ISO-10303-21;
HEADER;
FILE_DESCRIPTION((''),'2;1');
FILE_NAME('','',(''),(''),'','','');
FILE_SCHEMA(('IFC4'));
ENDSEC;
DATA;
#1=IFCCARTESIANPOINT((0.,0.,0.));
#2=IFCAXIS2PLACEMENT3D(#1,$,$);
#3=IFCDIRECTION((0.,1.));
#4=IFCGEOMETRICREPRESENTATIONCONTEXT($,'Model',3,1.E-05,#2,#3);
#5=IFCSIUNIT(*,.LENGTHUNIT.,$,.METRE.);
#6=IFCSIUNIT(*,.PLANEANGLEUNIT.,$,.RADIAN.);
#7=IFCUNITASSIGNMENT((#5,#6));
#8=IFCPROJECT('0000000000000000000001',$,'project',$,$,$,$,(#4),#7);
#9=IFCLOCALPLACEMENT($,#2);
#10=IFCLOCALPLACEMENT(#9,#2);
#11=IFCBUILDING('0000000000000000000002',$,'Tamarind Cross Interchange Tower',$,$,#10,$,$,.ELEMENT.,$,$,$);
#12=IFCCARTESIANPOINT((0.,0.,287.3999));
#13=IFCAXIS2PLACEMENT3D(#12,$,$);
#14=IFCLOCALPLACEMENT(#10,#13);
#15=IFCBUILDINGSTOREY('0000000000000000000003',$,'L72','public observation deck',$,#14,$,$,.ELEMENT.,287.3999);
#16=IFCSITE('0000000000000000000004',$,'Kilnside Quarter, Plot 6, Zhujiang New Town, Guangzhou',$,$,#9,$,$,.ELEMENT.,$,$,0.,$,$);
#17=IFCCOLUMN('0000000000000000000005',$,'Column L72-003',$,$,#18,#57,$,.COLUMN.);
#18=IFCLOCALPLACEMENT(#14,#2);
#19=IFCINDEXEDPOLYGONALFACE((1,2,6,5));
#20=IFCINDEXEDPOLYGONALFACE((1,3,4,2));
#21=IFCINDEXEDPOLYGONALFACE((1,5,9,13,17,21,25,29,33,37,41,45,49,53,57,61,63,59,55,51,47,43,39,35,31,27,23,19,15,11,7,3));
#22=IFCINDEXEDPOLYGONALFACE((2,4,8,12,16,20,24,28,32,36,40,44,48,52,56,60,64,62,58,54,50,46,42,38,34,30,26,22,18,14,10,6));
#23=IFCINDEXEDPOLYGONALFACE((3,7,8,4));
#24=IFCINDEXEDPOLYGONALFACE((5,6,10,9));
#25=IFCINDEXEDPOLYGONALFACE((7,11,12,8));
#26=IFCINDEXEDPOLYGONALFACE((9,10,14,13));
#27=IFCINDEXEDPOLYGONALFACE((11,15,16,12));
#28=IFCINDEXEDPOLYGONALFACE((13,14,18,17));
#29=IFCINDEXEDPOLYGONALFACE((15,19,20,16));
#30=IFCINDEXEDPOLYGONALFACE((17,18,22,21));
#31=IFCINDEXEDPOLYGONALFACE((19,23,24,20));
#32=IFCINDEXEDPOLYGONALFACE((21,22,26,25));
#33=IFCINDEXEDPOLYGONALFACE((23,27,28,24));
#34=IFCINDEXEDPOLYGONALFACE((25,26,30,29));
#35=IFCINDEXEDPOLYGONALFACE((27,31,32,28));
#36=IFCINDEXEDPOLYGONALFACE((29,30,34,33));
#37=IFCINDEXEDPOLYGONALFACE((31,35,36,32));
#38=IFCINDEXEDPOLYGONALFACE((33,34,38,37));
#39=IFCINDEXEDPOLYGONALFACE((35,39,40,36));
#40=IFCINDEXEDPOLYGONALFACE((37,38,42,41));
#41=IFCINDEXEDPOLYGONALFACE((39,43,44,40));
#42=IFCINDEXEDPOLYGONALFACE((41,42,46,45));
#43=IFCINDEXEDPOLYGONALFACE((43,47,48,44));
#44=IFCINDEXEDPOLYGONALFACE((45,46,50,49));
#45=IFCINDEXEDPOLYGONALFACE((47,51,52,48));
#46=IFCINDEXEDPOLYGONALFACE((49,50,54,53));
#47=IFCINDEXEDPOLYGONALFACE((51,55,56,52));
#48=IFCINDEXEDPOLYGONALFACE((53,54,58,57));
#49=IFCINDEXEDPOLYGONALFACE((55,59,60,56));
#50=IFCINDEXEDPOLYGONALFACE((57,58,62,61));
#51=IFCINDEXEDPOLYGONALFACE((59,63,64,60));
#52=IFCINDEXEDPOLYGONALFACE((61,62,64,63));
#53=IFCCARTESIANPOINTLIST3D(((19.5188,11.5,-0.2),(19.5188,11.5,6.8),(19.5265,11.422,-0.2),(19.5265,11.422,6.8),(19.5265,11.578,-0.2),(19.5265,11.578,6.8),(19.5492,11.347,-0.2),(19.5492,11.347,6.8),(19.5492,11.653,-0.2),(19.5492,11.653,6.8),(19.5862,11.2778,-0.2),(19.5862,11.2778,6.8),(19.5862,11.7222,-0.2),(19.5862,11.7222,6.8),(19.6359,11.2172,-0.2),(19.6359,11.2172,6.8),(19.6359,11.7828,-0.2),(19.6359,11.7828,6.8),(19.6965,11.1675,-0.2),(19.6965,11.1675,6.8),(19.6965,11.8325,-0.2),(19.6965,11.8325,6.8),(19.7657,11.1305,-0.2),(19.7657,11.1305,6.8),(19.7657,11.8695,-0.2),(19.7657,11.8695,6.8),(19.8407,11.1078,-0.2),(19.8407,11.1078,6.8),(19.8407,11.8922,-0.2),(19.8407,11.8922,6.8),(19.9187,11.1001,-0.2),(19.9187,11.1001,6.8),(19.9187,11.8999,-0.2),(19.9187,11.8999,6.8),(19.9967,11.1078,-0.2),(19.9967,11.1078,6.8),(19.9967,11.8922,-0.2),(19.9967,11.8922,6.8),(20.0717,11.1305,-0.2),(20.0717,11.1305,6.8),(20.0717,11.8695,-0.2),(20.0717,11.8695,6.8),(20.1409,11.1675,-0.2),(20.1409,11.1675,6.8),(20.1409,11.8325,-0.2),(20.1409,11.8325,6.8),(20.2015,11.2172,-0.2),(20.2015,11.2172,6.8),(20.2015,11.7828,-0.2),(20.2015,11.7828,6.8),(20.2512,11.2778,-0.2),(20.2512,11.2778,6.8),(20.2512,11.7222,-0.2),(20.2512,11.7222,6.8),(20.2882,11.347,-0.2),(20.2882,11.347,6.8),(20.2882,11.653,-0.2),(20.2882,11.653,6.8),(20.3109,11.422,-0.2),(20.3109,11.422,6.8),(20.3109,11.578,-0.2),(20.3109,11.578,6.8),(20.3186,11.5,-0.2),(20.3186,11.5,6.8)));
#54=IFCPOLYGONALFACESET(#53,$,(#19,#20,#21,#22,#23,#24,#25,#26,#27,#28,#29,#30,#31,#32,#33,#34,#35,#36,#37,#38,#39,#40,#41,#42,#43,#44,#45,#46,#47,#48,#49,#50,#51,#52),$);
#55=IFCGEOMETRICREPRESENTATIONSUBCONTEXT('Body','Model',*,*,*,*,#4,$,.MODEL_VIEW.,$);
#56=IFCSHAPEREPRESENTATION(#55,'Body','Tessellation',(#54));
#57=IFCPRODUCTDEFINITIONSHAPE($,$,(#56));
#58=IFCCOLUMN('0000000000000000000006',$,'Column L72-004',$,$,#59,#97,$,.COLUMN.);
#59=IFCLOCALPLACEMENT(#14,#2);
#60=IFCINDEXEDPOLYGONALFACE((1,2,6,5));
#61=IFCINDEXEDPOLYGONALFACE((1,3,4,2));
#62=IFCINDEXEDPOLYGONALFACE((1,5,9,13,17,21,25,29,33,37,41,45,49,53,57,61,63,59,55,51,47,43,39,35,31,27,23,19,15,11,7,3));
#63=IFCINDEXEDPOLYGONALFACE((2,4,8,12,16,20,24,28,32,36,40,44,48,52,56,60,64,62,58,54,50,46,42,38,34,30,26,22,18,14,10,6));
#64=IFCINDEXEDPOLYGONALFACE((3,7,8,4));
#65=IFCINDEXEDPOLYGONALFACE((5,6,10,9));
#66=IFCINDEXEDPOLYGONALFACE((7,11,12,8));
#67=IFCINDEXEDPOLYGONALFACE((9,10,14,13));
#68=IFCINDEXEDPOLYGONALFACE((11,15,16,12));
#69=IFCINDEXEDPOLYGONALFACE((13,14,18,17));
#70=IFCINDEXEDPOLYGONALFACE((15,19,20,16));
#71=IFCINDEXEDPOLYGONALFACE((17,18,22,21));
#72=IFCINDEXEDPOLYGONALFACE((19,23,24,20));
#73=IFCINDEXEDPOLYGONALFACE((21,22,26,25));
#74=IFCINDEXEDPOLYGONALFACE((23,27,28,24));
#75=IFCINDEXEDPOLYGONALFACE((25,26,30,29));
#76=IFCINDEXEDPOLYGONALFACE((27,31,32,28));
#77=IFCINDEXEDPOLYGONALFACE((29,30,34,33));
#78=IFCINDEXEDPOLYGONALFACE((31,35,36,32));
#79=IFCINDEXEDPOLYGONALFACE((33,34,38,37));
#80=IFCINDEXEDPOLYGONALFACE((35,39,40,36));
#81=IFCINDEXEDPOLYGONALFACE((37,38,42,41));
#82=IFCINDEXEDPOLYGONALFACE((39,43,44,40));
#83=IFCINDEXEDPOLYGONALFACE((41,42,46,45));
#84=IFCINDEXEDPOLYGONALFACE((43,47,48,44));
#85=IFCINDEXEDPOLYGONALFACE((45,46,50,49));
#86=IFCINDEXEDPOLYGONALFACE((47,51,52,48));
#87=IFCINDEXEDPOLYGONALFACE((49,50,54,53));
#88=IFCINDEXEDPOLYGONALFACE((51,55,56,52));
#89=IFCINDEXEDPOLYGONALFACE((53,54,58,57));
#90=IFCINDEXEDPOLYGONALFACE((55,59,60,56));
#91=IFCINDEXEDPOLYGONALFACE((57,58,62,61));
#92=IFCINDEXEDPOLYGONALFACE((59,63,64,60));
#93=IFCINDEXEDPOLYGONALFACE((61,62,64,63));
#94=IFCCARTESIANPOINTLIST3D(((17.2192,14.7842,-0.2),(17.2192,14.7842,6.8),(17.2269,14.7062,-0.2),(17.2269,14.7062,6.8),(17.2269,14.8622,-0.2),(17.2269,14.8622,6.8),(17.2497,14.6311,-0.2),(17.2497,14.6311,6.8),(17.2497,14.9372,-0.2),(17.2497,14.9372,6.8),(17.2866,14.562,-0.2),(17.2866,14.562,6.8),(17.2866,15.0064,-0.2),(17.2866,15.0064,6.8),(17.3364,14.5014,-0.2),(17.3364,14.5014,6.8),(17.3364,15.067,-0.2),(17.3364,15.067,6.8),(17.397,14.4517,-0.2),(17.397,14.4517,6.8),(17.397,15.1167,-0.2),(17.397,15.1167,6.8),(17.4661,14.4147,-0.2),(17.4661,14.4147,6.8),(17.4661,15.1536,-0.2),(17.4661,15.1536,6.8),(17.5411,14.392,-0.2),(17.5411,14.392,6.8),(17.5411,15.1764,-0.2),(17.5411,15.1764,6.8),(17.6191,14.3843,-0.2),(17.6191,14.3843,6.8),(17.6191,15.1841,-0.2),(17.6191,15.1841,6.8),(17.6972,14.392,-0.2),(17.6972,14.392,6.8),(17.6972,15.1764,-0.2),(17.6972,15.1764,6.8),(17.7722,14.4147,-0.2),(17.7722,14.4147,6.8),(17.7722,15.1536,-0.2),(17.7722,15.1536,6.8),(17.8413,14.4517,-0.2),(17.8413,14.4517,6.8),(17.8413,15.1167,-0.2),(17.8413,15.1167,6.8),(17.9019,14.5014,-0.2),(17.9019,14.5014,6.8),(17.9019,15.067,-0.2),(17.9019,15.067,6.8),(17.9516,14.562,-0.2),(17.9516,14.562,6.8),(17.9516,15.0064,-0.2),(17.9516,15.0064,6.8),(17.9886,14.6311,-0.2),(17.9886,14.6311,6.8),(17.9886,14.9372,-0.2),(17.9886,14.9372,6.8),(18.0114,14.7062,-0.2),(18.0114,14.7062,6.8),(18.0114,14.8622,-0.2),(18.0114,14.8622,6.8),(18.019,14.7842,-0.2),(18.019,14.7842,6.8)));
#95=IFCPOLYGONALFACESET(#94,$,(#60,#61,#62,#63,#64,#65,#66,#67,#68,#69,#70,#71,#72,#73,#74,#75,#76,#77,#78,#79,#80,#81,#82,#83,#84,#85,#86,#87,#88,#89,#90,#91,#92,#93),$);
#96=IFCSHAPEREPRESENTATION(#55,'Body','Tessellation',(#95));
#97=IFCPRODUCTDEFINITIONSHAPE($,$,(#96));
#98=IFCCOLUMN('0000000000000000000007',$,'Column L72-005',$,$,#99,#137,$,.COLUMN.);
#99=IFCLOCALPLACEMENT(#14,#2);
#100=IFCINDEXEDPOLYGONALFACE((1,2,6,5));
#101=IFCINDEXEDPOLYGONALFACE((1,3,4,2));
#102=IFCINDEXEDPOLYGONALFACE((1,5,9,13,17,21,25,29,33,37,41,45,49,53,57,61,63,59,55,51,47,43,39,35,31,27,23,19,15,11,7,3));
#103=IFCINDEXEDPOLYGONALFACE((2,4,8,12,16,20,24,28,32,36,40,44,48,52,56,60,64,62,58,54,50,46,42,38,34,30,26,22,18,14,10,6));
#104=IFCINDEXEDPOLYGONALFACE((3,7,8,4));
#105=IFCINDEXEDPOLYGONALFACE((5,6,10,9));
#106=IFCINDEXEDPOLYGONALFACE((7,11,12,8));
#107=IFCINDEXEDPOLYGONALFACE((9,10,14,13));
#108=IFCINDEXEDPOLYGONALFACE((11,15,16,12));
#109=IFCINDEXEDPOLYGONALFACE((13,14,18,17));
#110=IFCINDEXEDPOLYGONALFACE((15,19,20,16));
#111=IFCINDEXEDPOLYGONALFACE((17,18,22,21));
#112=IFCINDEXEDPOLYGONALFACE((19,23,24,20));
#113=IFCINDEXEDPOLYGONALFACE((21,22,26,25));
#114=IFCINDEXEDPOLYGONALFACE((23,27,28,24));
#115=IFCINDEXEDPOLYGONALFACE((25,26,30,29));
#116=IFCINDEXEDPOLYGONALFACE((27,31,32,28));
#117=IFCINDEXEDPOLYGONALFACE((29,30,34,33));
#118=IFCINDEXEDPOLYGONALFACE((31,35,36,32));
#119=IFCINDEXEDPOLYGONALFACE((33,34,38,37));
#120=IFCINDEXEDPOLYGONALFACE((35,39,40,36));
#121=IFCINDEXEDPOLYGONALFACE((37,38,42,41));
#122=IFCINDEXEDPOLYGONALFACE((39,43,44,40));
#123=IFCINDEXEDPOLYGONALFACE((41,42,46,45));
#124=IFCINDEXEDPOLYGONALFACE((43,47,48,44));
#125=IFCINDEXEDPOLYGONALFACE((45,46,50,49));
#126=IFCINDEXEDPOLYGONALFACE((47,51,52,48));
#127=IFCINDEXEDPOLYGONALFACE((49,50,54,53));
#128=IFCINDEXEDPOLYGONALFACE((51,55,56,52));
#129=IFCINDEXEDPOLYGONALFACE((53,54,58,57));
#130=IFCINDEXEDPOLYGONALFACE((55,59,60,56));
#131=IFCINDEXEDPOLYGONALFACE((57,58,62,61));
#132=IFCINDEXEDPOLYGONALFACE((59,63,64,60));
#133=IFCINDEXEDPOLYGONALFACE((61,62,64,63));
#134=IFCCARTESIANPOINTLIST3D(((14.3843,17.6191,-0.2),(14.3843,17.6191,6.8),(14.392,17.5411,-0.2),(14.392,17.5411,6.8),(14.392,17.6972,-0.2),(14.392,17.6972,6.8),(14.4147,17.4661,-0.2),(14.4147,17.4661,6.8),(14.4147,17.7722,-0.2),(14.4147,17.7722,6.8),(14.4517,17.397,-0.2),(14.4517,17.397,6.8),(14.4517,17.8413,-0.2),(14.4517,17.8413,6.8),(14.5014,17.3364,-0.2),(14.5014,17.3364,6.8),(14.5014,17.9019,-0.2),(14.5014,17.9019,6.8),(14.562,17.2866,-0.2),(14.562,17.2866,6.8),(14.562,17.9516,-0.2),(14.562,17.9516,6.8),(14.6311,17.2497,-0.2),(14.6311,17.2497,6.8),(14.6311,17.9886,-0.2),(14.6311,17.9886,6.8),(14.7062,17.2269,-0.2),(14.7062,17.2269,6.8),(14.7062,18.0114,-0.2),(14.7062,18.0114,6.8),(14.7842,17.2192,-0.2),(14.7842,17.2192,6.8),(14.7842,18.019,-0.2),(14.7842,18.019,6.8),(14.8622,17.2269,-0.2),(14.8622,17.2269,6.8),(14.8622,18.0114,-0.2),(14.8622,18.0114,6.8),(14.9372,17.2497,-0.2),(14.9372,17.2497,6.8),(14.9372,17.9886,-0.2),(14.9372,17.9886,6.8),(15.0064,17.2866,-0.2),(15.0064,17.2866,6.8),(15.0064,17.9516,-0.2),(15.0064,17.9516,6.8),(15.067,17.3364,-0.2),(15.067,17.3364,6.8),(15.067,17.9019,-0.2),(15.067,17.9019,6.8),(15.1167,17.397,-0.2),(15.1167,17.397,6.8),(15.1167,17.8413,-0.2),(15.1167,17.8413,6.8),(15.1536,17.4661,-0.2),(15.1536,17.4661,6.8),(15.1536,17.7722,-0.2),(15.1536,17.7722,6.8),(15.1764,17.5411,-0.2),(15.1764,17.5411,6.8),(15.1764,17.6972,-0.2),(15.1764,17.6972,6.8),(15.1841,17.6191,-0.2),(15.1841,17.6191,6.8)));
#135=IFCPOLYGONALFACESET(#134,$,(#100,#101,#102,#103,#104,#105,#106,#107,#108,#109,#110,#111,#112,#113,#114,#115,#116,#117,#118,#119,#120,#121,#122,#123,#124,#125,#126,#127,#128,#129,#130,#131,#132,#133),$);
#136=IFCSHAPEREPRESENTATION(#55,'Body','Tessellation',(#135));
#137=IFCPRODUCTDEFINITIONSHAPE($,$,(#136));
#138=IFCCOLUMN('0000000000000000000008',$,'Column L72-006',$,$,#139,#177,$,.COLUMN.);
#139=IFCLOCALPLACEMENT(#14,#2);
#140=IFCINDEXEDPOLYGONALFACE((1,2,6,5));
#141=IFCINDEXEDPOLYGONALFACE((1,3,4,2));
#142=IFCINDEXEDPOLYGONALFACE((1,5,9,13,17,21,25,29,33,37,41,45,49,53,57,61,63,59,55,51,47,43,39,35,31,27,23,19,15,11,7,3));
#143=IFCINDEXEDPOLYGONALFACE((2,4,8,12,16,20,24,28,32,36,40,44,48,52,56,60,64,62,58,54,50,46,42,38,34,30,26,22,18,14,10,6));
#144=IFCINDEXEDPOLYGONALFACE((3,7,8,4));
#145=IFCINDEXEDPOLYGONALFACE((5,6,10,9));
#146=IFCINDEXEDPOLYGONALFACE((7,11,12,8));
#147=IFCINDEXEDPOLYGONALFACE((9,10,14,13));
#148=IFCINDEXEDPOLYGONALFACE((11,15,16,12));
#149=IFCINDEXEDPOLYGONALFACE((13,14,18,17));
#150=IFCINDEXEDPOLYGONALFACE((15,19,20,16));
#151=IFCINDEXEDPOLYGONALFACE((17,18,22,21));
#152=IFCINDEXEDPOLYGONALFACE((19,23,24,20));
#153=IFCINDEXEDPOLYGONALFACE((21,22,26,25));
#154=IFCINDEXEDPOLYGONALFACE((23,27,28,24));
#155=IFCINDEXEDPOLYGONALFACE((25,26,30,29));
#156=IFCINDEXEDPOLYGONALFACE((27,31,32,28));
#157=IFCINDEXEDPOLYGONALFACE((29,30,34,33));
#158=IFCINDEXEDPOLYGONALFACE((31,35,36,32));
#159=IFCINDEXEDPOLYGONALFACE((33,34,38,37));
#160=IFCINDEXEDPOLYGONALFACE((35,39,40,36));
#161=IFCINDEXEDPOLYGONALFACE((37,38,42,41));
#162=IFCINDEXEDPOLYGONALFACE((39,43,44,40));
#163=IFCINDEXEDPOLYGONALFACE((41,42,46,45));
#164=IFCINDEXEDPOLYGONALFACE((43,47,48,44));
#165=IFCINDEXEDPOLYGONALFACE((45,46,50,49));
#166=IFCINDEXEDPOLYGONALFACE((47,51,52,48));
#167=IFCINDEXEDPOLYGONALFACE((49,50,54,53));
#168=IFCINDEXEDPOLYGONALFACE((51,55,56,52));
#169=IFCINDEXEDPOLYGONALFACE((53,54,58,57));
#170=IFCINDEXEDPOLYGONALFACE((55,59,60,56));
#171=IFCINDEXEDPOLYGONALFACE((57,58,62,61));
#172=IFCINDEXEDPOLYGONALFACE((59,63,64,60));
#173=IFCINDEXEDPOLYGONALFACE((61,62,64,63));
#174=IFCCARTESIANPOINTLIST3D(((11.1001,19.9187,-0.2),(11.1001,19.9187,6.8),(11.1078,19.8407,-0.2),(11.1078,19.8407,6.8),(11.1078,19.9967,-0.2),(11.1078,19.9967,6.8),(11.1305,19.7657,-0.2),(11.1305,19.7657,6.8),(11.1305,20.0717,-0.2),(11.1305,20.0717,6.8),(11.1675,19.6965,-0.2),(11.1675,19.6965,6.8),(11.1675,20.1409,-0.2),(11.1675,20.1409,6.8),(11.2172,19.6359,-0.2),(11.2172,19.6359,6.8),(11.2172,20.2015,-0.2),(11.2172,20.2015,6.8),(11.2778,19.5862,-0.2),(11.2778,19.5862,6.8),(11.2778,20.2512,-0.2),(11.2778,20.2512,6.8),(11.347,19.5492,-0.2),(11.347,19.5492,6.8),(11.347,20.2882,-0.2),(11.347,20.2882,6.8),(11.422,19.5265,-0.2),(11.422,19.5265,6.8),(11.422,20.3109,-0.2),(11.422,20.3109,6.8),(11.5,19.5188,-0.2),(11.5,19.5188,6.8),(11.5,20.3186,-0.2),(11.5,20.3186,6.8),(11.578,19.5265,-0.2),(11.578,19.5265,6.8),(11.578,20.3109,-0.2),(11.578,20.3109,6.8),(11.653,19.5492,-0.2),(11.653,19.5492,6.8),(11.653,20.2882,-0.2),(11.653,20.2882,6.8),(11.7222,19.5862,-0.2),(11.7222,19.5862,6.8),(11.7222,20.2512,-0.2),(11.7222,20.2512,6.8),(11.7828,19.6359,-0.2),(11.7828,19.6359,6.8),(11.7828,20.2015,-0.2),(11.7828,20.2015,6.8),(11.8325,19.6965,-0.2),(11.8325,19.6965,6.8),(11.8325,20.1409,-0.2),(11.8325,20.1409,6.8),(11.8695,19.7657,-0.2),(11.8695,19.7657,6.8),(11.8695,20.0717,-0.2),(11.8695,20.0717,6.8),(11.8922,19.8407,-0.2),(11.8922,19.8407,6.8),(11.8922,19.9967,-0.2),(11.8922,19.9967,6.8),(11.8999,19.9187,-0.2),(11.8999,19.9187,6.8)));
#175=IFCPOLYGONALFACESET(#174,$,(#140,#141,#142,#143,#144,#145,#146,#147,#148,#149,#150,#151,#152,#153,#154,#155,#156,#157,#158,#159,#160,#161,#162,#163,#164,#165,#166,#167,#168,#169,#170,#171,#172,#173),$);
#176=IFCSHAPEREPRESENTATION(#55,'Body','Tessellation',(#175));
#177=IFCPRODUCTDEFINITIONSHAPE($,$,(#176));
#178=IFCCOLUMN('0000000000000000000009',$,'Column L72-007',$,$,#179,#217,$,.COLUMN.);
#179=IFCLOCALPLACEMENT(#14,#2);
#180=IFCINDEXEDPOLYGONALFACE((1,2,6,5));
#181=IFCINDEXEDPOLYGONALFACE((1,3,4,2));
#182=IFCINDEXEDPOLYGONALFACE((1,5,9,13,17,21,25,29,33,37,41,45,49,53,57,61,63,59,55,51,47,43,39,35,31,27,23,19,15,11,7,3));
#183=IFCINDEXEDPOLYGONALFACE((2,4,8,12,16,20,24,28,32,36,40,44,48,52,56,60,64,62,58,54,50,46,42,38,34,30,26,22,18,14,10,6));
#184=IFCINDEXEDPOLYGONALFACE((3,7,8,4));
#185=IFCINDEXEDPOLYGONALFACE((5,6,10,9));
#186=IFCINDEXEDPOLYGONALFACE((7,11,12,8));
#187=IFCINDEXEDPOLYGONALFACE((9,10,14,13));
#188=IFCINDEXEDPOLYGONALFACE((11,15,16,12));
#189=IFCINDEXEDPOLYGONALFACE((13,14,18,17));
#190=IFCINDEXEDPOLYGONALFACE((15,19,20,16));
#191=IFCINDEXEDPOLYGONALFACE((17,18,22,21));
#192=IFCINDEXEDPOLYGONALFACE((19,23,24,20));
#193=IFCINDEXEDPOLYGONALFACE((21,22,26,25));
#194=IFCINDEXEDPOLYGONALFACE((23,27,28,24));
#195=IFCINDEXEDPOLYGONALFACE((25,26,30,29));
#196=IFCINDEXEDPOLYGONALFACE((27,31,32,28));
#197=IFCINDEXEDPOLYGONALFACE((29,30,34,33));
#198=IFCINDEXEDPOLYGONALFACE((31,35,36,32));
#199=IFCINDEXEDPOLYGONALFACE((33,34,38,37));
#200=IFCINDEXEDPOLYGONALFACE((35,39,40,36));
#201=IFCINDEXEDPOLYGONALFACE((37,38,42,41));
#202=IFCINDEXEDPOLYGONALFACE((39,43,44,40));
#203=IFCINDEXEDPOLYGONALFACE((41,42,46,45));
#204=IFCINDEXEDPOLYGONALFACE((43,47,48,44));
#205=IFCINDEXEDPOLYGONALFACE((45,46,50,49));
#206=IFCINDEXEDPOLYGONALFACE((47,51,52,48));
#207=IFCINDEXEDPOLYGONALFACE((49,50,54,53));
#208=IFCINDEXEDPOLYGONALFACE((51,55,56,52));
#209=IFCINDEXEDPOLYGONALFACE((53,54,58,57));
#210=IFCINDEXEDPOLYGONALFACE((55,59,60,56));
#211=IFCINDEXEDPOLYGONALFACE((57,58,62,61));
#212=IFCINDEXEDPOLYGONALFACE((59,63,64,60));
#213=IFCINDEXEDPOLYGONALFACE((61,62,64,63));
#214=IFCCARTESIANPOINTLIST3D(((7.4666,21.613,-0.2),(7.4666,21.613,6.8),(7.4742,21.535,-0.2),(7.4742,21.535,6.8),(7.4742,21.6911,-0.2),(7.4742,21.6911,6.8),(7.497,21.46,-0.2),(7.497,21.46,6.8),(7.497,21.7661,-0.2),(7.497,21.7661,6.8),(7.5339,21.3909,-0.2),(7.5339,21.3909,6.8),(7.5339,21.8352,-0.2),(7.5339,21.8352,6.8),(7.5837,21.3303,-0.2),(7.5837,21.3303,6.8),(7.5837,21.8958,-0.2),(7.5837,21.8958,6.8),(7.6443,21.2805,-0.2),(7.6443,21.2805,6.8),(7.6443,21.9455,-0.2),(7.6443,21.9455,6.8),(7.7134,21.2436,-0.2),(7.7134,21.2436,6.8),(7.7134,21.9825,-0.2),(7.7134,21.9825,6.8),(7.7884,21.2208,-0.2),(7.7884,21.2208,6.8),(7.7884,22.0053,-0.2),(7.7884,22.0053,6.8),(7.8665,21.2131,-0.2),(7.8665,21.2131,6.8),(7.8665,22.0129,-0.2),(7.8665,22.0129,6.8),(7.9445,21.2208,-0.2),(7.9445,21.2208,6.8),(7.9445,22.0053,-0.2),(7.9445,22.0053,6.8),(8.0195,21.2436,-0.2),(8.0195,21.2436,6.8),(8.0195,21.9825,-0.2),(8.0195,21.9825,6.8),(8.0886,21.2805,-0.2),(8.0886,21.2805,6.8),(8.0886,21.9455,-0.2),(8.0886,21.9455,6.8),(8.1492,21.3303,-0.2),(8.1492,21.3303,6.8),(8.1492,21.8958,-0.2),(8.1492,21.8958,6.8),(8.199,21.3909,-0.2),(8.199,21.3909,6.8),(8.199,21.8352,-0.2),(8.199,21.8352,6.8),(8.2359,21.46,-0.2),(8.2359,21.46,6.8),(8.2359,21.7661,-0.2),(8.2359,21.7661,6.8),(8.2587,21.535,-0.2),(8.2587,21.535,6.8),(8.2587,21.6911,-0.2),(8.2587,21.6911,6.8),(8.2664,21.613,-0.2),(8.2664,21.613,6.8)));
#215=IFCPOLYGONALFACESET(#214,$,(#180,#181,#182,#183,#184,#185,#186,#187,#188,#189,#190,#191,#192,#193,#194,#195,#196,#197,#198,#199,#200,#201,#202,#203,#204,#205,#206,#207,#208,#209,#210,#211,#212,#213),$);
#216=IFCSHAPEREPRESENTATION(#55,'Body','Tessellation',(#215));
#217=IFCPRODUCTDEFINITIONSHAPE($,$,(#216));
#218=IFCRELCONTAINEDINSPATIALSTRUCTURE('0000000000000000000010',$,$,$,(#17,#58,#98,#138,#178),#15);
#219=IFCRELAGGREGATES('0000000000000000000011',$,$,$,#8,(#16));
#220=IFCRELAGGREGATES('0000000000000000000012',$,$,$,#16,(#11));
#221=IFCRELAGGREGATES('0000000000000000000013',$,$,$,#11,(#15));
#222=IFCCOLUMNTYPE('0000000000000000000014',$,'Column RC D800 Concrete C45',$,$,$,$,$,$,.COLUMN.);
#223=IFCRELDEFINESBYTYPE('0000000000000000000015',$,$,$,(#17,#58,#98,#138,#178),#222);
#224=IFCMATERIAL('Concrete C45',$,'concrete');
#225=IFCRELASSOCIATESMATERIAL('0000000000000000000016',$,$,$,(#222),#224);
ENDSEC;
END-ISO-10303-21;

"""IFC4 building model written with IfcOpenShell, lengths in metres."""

from ifc_helpers import new_model, si_unit, direction, frame, origin, origin_2d, place, context, subcontext, project, spatial, circle, extrude, material, material_profile, profile_set, type_object, element, save


model = new_model("IFC4")

# Units and contexts
model_context = context("Model", 3, precision=1e-05, world=origin(), true_north=direction((0.0, 1.0)))
body_context = subcontext(model_context, "Body", "Model", "MODEL_VIEW")
ifc_project = project(units=[si_unit("LENGTHUNIT", "METRE"), si_unit("PLANEANGLEUNIT", "RADIAN")], contexts=[model_context])

# Site, building, storey
site_placement = place(None, origin())
site = spatial("IfcSite", under=ifc_project, at=site_placement, Name="Kilnside Quarter, Plot 6, Zhujiang New Town, Guangzhou", CompositionType="ELEMENT", RefElevation=0.0)
building_placement = place(site_placement, origin())
building = spatial("IfcBuilding", under=site, at=building_placement, Name="Tamarind Cross Interchange Tower", CompositionType="ELEMENT")
storey_placement = place(building_placement, frame((0.0, 0.0, 287.3999)))
storey = spatial("IfcBuildingStorey", under=building, at=storey_placement, Name="L72", Description="public observation deck", CompositionType="ELEMENT", Elevation=287.3999)

# Columns
ifc_material_1 = material(Name="Concrete C45", Category="concrete")
ifc_material_profile_1 = material_profile(ifc_material_1, circle(Radius=0.3999, at=origin_2d()), Name="RC D800")
ifc_profile_set_1 = profile_set([ifc_material_profile_1], Name="Concrete C45")
column_type = type_object("IfcColumnType", Name="Column RC D800 Concrete C45", PredefinedType="COLUMN", material=ifc_profile_set_1)
for number, where, z_axis, x_axis, name in (
    (1, (19.9187, 11.5, -0.2), (0.0, 0.0, 1.0), (1.0, 0.0, 0.0), "Column L72-003"),
    (2, (17.6191, 14.7842, -0.2), (0.0, 0.0, 1.0), (1.0, 0.0, 0.0), "Column L72-004"),
    (3, (14.7842, 17.6191, -0.2), (0.0, 0.0, 1.0), (1.0, 0.0, 0.0), "Column L72-005"),
    (4, (11.5, 19.9187, -0.2), (0.0, 0.0, 1.0), (1.0, 0.0, 0.0), "Column L72-006"),
    (5, (7.8665, 21.613, -0.2), (0.0, 0.0, 1.0), (1.0, 0.0, 0.0), "Column L72-007"),
):
    element("IfcColumn", number, at=place(storey_placement, frame(where, z_axis=z_axis, x_axis=x_axis)), inside=storey, type_object=column_type, Name=name, PredefinedType="COLUMN", context=body_context, shape_type="SweptSolid", body=[
        extrude(circle(Radius=0.3999, at=origin_2d()), origin(), (0.0, 0.0, 1.0), 7.0),
    ])

save(model, "model.ifc")
